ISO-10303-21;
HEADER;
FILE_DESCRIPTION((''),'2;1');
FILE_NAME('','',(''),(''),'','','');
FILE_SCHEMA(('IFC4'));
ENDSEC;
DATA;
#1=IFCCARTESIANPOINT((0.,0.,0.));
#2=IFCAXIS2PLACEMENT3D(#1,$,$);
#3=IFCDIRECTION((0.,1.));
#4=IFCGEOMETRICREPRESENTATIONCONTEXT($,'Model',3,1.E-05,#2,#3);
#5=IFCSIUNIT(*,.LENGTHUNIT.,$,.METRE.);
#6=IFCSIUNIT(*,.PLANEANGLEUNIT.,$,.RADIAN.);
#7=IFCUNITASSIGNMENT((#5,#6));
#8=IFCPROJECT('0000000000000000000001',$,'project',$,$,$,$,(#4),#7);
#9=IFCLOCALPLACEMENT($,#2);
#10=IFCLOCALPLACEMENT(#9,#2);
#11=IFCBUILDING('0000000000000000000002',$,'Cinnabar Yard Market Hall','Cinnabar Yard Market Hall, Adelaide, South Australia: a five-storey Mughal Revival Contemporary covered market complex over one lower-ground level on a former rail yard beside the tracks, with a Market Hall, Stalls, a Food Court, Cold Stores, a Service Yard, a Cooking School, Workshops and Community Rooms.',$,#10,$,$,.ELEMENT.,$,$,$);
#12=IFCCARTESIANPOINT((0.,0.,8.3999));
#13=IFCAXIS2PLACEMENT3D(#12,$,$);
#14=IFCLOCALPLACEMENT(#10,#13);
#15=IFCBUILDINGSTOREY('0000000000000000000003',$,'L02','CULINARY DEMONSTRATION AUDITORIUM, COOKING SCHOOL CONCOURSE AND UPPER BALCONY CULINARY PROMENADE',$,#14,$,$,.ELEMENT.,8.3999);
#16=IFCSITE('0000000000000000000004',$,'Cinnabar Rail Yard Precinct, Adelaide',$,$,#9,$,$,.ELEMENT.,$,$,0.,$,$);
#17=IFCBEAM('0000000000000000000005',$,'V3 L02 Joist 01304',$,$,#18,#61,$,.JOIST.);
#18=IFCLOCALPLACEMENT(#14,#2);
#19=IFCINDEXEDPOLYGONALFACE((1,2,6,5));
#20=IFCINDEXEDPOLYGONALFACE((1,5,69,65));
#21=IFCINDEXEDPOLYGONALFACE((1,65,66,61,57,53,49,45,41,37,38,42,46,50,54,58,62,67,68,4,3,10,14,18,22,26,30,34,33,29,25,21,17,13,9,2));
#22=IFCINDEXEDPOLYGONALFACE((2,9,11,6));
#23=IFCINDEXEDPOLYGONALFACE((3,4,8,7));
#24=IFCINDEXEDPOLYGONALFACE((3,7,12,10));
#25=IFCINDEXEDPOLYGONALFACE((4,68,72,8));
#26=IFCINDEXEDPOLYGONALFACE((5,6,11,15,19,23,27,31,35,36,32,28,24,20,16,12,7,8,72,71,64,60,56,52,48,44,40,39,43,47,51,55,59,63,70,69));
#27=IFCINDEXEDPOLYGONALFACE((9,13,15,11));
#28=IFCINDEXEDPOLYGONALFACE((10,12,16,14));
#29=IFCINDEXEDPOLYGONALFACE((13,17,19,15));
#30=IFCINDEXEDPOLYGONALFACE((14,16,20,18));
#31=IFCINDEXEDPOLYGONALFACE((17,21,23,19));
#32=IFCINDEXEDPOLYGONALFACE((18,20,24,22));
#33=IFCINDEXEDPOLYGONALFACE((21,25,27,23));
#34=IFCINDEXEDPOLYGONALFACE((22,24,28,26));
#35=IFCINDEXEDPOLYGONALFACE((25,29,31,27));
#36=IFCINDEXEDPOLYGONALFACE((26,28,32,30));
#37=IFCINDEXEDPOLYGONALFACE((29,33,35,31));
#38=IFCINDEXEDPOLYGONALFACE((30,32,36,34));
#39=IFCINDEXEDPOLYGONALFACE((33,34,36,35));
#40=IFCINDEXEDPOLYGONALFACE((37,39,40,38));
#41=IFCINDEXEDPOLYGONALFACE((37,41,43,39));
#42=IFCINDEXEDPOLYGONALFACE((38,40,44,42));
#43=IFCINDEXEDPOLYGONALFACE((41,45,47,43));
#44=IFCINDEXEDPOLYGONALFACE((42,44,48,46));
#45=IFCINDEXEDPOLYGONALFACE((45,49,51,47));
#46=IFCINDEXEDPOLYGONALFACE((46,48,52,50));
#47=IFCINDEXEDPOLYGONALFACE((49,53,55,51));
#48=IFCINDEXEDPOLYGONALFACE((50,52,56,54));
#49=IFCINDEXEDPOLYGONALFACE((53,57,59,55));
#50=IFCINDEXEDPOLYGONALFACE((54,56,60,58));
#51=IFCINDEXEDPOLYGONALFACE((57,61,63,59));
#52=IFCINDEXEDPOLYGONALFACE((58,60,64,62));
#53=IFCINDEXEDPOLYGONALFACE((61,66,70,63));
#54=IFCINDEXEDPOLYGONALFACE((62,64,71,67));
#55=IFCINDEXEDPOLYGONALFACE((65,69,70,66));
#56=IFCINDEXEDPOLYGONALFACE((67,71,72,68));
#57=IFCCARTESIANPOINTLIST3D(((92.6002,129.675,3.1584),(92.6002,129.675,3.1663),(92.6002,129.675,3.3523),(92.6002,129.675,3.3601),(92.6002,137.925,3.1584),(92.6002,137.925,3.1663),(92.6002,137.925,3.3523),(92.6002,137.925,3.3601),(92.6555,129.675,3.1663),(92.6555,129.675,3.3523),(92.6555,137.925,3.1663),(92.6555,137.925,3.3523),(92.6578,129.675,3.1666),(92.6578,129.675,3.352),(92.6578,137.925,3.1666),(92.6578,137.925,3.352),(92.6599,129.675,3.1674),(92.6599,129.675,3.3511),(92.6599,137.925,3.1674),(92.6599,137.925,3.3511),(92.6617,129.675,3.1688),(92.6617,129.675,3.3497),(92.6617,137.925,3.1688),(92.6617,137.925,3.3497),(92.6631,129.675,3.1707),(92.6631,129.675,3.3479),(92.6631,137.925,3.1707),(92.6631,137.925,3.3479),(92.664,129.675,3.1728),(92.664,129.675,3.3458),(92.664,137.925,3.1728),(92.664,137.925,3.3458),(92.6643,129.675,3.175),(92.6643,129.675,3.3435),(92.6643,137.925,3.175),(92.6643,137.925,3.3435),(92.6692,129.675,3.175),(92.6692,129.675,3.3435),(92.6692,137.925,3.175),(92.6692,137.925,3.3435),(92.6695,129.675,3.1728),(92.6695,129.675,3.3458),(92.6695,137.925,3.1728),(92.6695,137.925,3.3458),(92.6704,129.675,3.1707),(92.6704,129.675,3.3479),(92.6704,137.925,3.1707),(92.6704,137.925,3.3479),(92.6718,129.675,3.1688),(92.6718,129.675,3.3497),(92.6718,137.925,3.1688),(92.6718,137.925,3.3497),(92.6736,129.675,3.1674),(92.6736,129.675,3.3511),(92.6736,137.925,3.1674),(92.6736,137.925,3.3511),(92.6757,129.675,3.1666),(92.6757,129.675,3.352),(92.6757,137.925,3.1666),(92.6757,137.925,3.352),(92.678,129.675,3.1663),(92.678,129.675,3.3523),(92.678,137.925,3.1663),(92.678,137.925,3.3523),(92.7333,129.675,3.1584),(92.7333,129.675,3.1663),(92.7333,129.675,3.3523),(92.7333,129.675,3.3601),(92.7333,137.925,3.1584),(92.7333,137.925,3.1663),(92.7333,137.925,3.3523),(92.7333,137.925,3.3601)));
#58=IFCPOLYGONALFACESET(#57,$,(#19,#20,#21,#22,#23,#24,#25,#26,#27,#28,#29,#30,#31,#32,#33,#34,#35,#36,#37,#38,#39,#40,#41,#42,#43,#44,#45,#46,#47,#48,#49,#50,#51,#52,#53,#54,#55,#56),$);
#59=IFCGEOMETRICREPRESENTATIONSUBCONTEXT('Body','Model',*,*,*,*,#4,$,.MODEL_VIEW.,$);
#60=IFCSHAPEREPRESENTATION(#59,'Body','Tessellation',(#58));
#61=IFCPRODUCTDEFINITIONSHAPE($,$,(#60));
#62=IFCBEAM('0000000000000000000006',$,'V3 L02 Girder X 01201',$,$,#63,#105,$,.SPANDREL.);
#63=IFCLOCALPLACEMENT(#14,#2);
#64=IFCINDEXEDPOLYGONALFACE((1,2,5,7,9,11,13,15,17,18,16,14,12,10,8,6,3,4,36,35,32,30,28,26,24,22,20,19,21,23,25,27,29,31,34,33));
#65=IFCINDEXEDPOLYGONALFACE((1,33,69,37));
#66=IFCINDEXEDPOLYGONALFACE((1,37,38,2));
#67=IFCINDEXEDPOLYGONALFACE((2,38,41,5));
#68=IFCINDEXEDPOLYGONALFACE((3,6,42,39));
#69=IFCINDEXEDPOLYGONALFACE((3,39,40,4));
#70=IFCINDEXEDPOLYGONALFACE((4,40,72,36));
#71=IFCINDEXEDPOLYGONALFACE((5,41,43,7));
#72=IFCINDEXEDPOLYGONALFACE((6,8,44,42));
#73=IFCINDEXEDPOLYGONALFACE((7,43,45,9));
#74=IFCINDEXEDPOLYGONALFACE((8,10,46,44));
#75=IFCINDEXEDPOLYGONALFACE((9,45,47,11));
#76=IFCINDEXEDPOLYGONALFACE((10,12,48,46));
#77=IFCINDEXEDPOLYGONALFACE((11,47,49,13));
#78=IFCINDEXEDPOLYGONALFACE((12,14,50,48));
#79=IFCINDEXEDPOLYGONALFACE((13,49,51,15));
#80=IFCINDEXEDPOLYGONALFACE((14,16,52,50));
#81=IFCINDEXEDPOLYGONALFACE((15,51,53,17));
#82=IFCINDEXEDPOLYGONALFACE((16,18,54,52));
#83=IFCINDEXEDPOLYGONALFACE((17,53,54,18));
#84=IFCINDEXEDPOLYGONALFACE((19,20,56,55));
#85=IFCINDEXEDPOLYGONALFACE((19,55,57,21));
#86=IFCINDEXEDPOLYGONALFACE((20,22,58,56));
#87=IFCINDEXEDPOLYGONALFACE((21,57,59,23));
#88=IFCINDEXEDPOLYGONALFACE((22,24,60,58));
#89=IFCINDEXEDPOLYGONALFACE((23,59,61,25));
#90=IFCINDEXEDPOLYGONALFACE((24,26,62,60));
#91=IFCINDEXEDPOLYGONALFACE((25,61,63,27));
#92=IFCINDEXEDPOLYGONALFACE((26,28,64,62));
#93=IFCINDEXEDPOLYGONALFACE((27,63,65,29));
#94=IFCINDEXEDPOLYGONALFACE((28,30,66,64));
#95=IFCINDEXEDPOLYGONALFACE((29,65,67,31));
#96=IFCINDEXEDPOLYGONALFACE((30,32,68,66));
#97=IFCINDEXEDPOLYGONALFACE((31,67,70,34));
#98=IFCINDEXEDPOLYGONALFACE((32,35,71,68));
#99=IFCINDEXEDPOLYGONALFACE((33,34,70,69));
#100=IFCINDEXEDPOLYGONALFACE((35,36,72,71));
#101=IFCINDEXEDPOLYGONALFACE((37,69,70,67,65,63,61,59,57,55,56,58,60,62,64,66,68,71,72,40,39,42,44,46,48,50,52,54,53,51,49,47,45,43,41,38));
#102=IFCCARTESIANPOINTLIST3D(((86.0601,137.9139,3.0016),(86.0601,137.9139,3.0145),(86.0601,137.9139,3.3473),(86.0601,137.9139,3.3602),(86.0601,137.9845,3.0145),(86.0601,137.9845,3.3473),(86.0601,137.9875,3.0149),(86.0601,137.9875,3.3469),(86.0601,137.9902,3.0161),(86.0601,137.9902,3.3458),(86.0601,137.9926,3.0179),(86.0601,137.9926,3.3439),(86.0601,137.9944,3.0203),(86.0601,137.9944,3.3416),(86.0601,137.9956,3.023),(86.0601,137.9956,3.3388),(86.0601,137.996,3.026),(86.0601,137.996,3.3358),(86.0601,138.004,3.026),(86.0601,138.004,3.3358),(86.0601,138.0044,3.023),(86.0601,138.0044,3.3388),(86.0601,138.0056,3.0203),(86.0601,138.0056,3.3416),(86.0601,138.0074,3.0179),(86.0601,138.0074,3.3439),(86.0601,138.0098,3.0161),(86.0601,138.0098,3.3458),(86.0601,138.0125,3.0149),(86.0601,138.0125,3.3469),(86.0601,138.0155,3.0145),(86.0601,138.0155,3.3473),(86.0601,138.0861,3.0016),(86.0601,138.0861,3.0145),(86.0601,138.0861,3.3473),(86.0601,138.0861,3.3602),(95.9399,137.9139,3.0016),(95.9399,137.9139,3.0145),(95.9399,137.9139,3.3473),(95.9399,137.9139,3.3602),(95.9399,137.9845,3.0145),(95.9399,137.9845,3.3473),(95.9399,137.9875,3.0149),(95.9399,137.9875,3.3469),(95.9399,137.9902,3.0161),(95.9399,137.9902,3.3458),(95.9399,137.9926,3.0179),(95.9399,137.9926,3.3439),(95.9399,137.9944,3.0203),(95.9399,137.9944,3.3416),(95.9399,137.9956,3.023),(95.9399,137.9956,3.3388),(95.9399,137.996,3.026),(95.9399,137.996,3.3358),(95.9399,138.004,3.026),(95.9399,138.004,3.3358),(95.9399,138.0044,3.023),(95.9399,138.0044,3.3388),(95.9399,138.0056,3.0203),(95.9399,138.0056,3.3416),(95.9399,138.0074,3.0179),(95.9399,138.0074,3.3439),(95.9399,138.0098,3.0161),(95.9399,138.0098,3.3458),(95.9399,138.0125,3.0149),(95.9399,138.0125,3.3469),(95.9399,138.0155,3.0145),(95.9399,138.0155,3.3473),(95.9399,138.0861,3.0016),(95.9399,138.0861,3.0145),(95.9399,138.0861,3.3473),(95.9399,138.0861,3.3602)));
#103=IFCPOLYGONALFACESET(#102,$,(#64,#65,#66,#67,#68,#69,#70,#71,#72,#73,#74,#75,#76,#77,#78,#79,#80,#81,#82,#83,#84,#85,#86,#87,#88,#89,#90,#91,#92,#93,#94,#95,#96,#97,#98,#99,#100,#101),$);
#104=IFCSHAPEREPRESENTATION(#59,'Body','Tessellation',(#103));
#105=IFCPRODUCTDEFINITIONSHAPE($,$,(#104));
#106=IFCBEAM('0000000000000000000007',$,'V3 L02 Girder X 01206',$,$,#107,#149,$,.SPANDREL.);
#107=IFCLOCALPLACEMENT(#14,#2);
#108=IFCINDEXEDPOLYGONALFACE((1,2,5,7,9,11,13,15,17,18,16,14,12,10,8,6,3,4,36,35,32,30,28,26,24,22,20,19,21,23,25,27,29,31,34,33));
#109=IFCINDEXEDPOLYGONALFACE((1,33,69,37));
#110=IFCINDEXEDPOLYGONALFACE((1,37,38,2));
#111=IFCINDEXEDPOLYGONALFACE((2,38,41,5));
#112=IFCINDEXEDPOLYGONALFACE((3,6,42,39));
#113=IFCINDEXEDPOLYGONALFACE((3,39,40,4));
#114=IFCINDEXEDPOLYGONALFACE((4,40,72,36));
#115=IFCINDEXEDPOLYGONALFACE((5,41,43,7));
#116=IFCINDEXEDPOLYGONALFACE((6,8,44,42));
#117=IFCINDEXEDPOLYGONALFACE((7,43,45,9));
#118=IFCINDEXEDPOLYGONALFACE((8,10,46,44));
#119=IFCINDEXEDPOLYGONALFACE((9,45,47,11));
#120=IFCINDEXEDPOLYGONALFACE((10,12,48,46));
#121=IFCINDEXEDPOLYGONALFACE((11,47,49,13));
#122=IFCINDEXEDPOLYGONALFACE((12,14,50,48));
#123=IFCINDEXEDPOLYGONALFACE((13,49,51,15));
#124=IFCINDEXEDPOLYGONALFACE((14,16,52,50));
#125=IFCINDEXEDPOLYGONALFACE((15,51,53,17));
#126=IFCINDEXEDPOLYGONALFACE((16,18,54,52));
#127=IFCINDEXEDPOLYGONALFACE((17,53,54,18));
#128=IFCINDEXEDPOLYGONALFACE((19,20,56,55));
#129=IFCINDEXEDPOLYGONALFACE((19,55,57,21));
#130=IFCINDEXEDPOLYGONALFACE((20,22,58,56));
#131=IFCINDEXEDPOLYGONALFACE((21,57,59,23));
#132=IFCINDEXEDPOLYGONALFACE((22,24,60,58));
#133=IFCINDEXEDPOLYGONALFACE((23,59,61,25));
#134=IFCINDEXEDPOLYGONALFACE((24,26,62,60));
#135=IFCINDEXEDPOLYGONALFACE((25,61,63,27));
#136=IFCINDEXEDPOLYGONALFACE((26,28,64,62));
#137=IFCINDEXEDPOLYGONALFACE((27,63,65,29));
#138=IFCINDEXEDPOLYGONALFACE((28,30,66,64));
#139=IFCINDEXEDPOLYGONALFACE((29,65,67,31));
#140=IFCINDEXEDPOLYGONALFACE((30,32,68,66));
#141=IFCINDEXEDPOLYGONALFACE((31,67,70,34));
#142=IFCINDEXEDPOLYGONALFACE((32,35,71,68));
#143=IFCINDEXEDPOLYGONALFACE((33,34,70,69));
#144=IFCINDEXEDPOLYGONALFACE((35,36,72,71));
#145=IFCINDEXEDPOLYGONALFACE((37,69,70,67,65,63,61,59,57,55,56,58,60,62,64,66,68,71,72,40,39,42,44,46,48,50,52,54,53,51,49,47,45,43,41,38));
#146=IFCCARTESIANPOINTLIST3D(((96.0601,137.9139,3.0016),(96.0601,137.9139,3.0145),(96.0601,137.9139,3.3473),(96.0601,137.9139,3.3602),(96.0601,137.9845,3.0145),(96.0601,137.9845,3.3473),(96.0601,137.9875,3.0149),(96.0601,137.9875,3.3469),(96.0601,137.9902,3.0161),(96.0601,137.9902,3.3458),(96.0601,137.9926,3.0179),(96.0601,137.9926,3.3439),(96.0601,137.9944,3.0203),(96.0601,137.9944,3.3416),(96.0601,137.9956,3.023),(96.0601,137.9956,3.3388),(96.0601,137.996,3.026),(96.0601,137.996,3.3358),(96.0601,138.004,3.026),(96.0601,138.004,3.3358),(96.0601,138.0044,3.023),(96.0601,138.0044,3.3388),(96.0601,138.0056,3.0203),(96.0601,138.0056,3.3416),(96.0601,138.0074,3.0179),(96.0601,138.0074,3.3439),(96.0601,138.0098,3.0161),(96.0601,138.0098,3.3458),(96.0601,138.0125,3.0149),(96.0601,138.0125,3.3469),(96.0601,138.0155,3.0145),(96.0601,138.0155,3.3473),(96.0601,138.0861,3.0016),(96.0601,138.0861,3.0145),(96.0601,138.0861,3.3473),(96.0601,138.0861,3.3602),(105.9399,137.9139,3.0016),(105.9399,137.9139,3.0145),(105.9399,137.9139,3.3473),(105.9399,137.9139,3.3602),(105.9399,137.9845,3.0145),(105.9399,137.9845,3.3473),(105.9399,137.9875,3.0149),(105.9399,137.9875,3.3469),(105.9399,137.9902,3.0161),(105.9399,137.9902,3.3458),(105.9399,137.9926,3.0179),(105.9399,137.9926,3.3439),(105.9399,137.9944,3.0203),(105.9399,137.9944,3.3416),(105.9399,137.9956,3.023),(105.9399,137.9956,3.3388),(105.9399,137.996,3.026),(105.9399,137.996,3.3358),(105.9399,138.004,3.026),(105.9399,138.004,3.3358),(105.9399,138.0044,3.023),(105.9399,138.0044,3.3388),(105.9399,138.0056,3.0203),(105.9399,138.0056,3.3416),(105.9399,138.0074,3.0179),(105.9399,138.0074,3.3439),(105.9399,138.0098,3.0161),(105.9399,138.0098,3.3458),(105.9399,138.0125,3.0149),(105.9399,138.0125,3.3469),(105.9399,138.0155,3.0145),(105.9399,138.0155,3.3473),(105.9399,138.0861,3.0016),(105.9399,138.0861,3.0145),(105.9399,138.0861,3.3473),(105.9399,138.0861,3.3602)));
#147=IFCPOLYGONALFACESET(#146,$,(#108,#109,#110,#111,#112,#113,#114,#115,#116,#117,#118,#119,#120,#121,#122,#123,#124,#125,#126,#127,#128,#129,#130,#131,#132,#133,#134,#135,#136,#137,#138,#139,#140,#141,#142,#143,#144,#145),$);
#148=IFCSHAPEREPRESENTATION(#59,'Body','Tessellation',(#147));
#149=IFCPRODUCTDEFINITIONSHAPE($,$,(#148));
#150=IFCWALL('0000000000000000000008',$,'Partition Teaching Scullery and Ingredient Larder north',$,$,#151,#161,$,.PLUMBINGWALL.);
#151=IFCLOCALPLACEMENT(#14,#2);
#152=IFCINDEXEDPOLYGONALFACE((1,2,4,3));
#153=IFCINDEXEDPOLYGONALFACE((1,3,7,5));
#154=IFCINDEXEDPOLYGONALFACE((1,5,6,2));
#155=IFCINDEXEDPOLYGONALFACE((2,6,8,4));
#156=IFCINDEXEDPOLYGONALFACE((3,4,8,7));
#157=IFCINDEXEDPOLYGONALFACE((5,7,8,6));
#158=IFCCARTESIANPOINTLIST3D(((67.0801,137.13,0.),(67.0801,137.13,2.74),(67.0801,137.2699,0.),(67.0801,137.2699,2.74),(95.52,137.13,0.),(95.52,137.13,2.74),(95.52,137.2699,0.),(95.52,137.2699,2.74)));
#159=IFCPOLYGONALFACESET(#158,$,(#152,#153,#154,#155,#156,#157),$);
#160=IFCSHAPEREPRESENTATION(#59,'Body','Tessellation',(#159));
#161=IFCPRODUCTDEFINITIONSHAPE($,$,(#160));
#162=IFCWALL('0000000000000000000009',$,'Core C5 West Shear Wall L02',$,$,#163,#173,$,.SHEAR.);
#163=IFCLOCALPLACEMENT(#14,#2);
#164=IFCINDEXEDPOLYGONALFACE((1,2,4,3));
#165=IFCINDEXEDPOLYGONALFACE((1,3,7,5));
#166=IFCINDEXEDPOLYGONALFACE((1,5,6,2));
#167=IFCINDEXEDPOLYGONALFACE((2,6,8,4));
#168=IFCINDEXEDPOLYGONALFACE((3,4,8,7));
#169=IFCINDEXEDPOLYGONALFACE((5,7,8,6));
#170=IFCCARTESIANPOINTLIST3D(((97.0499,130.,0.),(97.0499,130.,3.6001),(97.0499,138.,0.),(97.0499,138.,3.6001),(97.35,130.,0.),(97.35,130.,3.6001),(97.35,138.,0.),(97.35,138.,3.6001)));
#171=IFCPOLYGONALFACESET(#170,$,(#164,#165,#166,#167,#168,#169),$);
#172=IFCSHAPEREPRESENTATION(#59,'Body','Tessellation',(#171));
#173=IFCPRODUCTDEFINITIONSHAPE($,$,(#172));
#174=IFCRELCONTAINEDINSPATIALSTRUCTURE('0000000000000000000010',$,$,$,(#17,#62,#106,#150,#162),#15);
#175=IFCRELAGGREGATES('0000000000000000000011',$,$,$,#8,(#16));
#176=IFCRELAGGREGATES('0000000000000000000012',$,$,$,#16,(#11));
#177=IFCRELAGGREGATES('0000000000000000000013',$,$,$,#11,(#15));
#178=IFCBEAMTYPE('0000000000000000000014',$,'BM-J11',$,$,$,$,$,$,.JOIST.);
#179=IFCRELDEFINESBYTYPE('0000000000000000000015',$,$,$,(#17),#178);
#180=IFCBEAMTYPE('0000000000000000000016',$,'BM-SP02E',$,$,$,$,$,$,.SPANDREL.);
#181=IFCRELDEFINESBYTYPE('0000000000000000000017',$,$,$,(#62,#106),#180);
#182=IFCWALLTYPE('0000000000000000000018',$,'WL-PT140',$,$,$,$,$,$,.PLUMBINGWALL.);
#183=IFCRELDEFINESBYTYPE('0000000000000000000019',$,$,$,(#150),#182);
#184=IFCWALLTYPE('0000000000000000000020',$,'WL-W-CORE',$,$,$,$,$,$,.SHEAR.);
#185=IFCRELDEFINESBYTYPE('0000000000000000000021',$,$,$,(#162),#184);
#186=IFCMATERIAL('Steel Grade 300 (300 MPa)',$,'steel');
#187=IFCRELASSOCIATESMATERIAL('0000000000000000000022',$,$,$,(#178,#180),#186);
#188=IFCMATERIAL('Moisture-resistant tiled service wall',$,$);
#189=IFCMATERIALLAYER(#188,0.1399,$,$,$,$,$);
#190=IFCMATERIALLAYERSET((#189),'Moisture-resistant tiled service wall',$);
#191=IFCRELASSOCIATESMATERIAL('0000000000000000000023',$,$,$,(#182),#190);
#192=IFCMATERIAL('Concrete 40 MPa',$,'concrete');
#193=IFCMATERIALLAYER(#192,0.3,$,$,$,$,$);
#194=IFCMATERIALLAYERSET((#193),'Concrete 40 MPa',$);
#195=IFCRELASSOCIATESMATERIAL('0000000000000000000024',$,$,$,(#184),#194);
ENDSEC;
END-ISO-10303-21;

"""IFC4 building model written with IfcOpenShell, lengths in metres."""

from ifc_helpers import new_model, si_unit, direction, frame, frame_2d, origin, origin_2d_with_axis, place, context, subcontext, project, spatial, rectangle, i_section, extrude, material, layer, layer_set, material_profile, profile_set, type_object, element, save


model = new_model("IFC4")

# Units and contexts
model_context = context("Model", 3, precision=1e-05, world=origin(), true_north=direction((0.0, 1.0)))
body_context = subcontext(model_context, "Body", "Model", "MODEL_VIEW")
ifc_project = project(units=[si_unit("LENGTHUNIT", "METRE"), si_unit("PLANEANGLEUNIT", "RADIAN")], contexts=[model_context])

# Site, building, storey
site_placement = place(None, origin())
site = spatial("IfcSite", under=ifc_project, at=site_placement, Name="Cinnabar Rail Yard Precinct, Adelaide", CompositionType="ELEMENT", RefElevation=0.0)
building_placement = place(site_placement, origin())
building = spatial("IfcBuilding", under=site, at=building_placement, Name="Cinnabar Yard Market Hall", Description="Cinnabar Yard Market Hall, Adelaide, South Australia: a five-storey Mughal Revival Contemporary covered market complex over one lower-ground level on a former rail yard beside the tracks, with a Market Hall, Stalls, a Food Court, Cold Stores, a Service Yard, a Cooking School, Workshops and Community Rooms.", CompositionType="ELEMENT")
storey_placement = place(building_placement, frame((0.0, 0.0, 8.3999)))
storey = spatial("IfcBuildingStorey", under=building, at=storey_placement, Name="L02", Description="CULINARY DEMONSTRATION AUDITORIUM, COOKING SCHOOL CONCOURSE AND UPPER BALCONY CULINARY PROMENADE", CompositionType="ELEMENT", Elevation=8.3999)

# Shared definitions
ifc_material_1 = material(Name="Steel Grade 300 (300 MPa)", Category="steel")
ifc_material_2 = material(Name="Concrete 40 MPa", Category="concrete")

# Beams
ifc_material_profile_1 = material_profile(ifc_material_1, i_section(OverallWidth=0.1331, OverallDepth=0.2017, WebThickness=0.0049, FlangeThickness=0.0078, FilletRadius=0.0088, at=origin_2d_with_axis()), Name="200UB22.3")
ifc_profile_set_1 = profile_set([ifc_material_profile_1], Name="Steel Grade 300 (300 MPa)")
beam_type_1 = type_object("IfcBeamType", Name="BM-J11", PredefinedType="JOIST", material=ifc_profile_set_1)
for number, where, z_axis, x_axis, name in (
    (1, (92.6667, 129.675, 3.2593), (0.0, 1.0, 0.0), (-1.0, 0.0, 0.0), "V3 L02 Joist 01304"),
):
    element("IfcBeam", number, at=place(storey_placement, frame(where, z_axis=z_axis, x_axis=x_axis)), inside=storey, type_object=beam_type_1, Name=name, PredefinedType="JOIST", context=body_context, shape_type="SweptSolid", body=[
        extrude(i_section(OverallWidth=0.1331, OverallDepth=0.2017, WebThickness=0.0049, FlangeThickness=0.0078, FilletRadius=0.0088, at=origin_2d_with_axis()), origin(), (0.0, 0.0, 1.0), 8.25),
    ])
ifc_material_profile_2 = material_profile(ifc_material_1, i_section(OverallWidth=0.1721, OverallDepth=0.3586, WebThickness=0.0081, FlangeThickness=0.0129, FilletRadius=0.0115, at=origin_2d_with_axis()), Name="360UB56.7")
ifc_profile_set_2 = profile_set([ifc_material_profile_2], Name="Steel Grade 300 (300 MPa)")
beam_type_2 = type_object("IfcBeamType", Name="BM-SP02E", PredefinedType="SPANDREL", material=ifc_profile_set_2)
for number, where, z_axis, x_axis, name in (
    (2, (86.0601, 138.0, 3.1809), (1.0, 0.0, 0.0), (0.0, 1.0, 0.0), "V3 L02 Girder X 01201"),
    (3, (96.0601, 138.0, 3.1809), (1.0, 0.0, 0.0), (0.0, 1.0, 0.0), "V3 L02 Girder X 01206"),
):
    element("IfcBeam", number, at=place(storey_placement, frame(where, z_axis=z_axis, x_axis=x_axis)), inside=storey, type_object=beam_type_2, Name=name, PredefinedType="SPANDREL", context=body_context, shape_type="SweptSolid", body=[
        extrude(i_section(OverallWidth=0.1721, OverallDepth=0.3586, WebThickness=0.0081, FlangeThickness=0.0129, FilletRadius=0.0115, at=origin_2d_with_axis()), origin(), (0.0, 0.0, 1.0), 9.8799),
    ])

# Walls
ifc_material_3 = material(Name="Moisture-resistant tiled service wall")
ifc_layer_1 = layer(ifc_material_3, 0.1399)
ifc_layer_set_1 = layer_set([ifc_layer_1], Name="Moisture-resistant tiled service wall")
wall_type_1 = type_object("IfcWallType", Name="WL-PT140", PredefinedType="PLUMBINGWALL", material=ifc_layer_set_1)
wall_1_placement = place(storey_placement, frame((95.52, 137.2, 0.0), z_axis=(0.0, 0.0, 1.0), x_axis=(-1.0, 0.0, 0.0)))
element("IfcWall", 4, at=wall_1_placement, inside=storey, type_object=wall_type_1, Name="Partition Teaching Scullery and Ingredient Larder north", PredefinedType="PLUMBINGWALL", context=body_context, shape_type="SweptSolid", body=[
    extrude(rectangle(XDim=28.4399, YDim=0.1399, at=frame_2d((14.22, 0.0), x_axis=(1.0, 0.0))), origin(), (0.0, 0.0, 1.0), 2.74),
])
ifc_layer_2 = layer(ifc_material_2, 0.3)
ifc_layer_set_2 = layer_set([ifc_layer_2], Name="Concrete 40 MPa")
wall_type_2 = type_object("IfcWallType", Name="WL-W-CORE", PredefinedType="SHEAR", material=ifc_layer_set_2)
wall_2_placement = place(storey_placement, frame((97.2, 138.0, 0.0), z_axis=(0.0, 0.0, 1.0), x_axis=(0.0, -1.0, 0.0)))
element("IfcWall", 5, at=wall_2_placement, inside=storey, type_object=wall_type_2, Name="Core C5 West Shear Wall L02", PredefinedType="SHEAR", context=body_context, shape_type="SweptSolid", body=[
    extrude(rectangle(XDim=8.0, YDim=0.3, at=frame_2d((4.0, 0.0), x_axis=(1.0, 0.0))), origin(), (0.0, 0.0, 1.0), 3.6001),
])

save(model, "model.ifc")
